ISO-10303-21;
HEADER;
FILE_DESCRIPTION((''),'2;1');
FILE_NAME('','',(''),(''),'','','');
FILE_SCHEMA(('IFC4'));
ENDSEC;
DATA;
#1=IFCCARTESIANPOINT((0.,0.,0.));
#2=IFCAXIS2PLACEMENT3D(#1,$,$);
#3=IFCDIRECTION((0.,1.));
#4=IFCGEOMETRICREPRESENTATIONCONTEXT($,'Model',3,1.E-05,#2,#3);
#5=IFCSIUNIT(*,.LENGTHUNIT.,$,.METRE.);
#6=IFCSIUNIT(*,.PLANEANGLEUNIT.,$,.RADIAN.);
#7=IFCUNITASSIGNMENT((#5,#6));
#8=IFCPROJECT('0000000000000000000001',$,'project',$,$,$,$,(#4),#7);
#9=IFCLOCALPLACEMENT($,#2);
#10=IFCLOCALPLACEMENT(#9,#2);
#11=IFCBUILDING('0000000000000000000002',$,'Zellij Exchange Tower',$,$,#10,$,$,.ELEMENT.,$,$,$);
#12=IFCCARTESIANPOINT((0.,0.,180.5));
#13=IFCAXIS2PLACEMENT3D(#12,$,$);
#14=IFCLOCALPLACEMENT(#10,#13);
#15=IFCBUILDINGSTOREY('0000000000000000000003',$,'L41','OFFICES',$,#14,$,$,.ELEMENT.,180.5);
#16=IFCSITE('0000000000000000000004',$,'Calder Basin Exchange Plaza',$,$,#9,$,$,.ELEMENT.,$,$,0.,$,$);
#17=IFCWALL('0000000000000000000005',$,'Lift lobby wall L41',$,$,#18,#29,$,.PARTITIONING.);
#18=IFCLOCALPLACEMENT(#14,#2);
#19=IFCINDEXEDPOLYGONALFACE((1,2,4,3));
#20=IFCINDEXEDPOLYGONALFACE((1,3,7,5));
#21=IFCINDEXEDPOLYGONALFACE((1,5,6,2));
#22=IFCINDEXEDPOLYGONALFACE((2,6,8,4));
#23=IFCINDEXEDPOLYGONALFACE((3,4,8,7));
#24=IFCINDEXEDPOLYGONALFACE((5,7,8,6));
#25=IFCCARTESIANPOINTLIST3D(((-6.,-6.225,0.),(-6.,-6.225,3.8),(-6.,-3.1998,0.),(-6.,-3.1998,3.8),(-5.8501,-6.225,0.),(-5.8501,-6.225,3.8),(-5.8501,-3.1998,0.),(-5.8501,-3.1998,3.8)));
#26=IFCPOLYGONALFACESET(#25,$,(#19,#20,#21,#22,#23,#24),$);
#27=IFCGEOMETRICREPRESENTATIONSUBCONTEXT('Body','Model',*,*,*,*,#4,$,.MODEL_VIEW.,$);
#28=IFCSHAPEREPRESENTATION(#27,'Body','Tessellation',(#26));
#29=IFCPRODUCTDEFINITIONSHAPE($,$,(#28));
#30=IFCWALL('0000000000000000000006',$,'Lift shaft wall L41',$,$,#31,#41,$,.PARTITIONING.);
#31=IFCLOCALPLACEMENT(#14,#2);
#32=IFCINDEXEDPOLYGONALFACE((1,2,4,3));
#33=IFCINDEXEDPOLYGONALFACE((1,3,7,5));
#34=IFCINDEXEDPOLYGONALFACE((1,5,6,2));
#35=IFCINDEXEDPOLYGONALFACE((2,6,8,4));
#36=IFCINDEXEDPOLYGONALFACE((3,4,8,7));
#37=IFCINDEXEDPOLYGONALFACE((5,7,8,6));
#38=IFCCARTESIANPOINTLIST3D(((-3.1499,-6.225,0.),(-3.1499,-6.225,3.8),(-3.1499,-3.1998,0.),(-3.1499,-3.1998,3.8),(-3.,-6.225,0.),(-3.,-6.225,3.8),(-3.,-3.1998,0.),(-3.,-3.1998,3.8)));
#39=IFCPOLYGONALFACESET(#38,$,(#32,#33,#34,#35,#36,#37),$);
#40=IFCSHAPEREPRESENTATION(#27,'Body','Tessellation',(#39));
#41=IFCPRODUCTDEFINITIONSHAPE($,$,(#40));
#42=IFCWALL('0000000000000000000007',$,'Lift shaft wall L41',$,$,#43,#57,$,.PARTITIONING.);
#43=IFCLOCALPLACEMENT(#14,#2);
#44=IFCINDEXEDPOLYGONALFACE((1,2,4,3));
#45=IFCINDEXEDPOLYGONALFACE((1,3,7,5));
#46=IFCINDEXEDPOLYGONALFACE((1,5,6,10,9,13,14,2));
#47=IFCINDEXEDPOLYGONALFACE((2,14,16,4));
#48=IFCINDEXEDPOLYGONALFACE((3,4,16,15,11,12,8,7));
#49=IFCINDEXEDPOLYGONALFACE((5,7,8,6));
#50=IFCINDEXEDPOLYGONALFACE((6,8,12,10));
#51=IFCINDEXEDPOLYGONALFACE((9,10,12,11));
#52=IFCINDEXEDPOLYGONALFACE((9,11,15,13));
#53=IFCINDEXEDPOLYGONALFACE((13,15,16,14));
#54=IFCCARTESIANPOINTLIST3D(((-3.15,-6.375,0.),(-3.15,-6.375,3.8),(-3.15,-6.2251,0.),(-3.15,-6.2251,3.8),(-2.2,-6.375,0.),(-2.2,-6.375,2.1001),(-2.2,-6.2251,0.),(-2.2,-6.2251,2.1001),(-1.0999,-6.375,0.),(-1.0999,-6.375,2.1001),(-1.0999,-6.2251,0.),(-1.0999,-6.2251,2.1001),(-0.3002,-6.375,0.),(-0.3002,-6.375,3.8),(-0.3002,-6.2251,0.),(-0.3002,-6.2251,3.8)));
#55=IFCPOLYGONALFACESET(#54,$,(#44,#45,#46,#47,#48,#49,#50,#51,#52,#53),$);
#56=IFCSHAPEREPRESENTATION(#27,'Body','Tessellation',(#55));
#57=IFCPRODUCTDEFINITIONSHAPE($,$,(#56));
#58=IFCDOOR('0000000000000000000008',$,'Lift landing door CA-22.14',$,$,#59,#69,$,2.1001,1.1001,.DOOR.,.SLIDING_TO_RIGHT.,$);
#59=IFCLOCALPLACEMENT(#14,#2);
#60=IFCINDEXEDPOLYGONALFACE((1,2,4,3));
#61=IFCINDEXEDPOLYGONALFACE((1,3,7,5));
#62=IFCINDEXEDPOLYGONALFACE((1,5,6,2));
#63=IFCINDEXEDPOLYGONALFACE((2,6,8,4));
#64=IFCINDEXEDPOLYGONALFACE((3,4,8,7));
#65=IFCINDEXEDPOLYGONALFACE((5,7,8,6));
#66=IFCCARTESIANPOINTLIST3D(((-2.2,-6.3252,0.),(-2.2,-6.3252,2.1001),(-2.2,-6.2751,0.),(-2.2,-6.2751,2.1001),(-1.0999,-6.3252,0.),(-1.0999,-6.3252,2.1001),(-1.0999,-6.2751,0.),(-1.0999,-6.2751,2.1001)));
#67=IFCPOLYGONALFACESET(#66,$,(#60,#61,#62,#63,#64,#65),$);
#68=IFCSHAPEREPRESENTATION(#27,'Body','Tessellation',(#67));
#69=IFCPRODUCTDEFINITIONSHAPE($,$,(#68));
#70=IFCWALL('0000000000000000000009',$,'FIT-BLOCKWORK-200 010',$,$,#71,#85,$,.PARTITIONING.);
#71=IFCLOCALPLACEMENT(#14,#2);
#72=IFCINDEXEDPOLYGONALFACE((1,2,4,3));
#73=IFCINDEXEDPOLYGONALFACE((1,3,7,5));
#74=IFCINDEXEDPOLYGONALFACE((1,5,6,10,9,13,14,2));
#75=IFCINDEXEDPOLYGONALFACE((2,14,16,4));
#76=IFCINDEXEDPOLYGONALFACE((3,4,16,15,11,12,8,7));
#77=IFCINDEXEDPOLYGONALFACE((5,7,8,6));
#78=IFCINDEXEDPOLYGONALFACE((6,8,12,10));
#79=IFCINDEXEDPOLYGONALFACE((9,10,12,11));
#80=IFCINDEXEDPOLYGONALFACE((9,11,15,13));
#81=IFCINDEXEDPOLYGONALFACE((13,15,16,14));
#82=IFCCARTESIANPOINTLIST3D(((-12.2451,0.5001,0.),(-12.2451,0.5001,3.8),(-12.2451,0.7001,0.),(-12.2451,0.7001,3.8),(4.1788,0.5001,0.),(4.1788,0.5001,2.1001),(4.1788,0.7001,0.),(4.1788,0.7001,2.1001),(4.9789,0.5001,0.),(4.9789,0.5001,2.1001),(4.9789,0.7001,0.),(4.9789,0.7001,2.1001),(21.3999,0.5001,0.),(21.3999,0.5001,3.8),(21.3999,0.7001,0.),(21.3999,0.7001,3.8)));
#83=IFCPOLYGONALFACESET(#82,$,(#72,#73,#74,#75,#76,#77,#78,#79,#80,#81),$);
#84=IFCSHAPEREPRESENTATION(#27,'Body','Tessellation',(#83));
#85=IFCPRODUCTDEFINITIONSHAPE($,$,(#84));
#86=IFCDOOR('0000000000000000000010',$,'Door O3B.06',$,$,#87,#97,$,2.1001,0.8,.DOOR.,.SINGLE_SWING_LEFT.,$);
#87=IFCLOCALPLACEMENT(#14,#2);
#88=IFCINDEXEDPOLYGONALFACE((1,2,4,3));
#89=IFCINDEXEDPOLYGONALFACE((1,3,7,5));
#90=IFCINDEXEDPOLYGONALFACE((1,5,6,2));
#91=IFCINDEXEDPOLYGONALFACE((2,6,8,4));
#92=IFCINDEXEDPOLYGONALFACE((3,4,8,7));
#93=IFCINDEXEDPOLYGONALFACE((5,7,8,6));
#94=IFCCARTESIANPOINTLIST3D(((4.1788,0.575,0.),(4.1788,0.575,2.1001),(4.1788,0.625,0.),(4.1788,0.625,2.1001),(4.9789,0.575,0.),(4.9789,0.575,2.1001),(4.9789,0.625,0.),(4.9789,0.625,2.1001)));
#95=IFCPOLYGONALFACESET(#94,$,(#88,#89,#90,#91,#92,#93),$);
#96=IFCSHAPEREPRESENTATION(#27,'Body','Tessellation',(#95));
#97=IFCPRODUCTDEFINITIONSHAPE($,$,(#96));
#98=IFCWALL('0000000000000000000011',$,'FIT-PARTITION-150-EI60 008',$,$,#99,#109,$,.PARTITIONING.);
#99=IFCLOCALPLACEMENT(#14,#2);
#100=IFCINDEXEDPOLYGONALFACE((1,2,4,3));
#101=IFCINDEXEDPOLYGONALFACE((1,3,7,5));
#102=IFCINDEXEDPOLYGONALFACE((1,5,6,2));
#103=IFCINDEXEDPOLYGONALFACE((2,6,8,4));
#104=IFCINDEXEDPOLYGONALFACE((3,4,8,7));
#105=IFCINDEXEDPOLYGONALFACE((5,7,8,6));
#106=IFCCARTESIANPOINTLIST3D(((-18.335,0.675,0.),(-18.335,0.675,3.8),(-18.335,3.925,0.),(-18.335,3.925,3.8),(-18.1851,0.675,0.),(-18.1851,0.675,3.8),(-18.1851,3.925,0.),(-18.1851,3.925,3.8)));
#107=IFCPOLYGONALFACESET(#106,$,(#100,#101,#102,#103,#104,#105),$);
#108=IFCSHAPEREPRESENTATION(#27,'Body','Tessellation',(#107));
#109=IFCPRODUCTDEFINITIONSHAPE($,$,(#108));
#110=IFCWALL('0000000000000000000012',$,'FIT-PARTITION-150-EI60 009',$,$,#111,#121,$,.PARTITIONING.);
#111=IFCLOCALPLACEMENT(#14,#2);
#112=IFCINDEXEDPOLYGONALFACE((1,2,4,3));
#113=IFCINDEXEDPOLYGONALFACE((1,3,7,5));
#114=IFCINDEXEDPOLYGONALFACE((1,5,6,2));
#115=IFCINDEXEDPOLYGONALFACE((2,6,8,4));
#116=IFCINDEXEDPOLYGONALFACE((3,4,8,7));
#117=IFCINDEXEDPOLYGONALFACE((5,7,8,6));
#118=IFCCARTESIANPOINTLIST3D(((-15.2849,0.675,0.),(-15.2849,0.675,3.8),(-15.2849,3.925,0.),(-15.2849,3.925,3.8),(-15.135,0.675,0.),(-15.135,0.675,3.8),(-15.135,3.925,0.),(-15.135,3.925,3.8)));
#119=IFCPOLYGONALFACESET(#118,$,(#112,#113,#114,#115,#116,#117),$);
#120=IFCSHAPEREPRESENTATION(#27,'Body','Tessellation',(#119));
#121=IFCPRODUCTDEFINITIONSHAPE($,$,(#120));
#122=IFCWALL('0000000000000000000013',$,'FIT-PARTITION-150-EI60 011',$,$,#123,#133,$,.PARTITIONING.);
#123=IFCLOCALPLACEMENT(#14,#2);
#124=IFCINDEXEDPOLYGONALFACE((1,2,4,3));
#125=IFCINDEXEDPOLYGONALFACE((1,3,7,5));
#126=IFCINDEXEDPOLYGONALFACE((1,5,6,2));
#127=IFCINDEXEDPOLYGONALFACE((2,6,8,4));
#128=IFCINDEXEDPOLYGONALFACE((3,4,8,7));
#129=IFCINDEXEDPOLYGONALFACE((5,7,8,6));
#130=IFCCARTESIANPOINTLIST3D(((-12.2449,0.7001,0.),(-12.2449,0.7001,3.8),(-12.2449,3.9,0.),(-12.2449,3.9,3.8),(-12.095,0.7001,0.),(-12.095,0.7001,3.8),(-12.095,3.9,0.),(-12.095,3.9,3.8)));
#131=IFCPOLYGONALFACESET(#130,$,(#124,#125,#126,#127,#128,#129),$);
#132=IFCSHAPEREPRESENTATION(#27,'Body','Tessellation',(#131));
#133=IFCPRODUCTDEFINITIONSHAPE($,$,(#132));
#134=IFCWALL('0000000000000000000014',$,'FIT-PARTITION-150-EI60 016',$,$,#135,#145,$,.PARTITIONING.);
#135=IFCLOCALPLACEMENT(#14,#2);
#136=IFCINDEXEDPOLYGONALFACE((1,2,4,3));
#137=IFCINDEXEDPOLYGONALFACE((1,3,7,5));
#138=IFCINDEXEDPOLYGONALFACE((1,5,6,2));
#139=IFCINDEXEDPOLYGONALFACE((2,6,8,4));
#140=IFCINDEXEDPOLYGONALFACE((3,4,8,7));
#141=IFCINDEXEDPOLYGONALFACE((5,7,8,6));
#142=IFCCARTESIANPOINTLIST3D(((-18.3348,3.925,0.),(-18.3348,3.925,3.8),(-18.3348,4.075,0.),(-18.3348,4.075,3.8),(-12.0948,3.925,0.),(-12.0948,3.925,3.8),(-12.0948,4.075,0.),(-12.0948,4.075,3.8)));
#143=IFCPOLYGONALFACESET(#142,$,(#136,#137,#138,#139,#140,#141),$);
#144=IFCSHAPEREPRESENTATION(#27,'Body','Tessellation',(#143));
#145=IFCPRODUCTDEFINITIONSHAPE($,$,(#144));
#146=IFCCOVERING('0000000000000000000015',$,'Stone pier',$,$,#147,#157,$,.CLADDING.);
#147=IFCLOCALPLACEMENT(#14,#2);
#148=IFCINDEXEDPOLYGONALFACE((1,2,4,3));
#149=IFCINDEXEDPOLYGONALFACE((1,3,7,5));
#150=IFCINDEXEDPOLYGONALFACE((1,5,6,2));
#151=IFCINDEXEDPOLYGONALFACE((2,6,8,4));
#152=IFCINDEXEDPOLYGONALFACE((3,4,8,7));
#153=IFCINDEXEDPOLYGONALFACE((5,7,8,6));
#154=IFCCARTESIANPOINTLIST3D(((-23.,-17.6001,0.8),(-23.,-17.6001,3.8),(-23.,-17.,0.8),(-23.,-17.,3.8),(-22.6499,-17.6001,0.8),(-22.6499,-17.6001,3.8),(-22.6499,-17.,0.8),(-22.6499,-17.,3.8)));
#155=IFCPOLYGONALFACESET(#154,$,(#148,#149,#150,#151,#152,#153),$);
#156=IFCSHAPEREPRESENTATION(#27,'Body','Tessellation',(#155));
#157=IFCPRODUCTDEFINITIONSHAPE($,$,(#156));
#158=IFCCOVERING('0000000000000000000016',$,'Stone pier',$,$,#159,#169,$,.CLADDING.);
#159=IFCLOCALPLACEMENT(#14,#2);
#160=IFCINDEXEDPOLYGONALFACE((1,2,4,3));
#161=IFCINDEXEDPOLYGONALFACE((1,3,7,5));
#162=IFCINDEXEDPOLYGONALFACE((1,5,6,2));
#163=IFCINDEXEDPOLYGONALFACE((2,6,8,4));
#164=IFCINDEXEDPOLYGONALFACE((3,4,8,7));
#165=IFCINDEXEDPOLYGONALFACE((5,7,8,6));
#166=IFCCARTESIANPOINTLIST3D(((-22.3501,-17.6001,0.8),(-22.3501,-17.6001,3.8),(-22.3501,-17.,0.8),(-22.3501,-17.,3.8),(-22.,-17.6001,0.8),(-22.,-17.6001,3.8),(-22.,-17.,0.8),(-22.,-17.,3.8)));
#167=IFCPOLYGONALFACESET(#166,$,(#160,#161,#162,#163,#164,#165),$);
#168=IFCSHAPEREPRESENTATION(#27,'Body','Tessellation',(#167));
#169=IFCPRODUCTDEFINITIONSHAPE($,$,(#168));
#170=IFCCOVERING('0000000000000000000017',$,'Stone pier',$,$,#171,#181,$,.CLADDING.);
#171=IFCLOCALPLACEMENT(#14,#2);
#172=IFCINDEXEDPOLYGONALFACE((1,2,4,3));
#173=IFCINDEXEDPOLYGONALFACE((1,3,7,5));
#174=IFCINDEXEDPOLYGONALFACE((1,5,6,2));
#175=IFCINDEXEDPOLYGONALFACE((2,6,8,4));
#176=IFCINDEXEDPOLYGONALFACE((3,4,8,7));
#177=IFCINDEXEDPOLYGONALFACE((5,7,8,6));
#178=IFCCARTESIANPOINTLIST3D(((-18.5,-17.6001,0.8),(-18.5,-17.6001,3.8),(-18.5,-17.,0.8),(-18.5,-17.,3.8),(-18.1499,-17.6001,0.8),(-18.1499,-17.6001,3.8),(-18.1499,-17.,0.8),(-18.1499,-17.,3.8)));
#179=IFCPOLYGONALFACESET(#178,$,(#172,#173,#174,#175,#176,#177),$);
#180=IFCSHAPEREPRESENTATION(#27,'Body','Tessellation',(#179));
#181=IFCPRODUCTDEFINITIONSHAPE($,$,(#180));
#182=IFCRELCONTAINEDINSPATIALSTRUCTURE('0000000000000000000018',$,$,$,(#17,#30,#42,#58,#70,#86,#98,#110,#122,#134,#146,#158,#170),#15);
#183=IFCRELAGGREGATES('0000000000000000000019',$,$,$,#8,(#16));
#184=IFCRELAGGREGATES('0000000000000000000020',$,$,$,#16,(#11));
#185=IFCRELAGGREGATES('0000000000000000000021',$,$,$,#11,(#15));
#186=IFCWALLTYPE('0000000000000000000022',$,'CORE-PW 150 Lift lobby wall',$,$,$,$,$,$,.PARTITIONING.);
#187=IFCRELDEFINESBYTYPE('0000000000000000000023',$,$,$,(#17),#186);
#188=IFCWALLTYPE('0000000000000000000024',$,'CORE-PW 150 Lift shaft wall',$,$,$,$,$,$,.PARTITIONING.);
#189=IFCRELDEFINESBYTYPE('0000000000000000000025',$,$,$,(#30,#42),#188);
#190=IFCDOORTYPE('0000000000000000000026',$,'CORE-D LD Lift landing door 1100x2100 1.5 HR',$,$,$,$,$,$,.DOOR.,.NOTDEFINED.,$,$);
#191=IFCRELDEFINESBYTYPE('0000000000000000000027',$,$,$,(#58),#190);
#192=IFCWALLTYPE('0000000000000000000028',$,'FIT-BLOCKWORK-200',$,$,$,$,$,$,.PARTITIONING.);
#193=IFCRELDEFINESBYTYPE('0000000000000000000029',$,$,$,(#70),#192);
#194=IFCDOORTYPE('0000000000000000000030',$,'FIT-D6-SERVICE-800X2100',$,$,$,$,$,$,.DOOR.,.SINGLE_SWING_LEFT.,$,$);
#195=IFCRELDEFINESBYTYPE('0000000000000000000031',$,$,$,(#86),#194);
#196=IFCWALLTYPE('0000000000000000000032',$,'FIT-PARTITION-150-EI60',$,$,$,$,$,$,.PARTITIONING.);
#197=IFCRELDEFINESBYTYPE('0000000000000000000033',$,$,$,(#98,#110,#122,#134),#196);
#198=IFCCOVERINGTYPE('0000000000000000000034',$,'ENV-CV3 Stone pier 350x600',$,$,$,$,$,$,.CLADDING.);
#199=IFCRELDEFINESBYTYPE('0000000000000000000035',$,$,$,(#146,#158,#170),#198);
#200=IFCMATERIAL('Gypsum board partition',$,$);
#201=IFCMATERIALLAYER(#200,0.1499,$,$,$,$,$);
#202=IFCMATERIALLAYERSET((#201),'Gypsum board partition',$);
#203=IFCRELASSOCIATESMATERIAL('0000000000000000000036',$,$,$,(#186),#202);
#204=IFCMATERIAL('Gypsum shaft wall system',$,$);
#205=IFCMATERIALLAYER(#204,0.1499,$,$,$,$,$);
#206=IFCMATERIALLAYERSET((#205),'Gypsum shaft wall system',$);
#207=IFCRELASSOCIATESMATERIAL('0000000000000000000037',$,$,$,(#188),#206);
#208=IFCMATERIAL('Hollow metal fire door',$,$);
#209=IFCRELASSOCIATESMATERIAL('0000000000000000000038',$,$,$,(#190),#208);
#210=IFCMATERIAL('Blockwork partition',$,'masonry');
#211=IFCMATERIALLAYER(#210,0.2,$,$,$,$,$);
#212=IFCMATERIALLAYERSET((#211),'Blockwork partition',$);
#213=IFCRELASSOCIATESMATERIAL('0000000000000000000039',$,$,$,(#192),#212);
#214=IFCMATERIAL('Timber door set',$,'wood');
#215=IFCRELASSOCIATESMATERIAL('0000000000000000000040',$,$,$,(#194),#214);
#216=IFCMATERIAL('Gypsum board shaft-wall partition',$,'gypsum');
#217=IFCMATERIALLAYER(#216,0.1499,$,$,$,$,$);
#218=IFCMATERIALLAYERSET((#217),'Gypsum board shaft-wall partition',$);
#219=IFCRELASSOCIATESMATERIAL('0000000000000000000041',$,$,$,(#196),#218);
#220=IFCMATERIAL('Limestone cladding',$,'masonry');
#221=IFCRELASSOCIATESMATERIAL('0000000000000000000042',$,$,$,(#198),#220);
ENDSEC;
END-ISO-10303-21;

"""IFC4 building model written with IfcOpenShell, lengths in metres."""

from ifc_helpers import new_model, si_unit, direction, frame, frame_2d, origin, place, context, subcontext, project, spatial, polyline, rectangle, outline, extrude, material, layer, layer_set, type_object, element, fill, save


model = new_model("IFC4")

# Units and contexts
model_context = context("Model", 3, precision=1e-05, world=origin(), true_north=direction((0.0, 1.0)))
body_context = subcontext(model_context, "Body", "Model", "MODEL_VIEW")
ifc_project = project(units=[si_unit("LENGTHUNIT", "METRE"), si_unit("PLANEANGLEUNIT", "RADIAN")], contexts=[model_context])

# Site, building, storey
site_placement = place(None, origin())
site = spatial("IfcSite", under=ifc_project, at=site_placement, Name="Calder Basin Exchange Plaza", CompositionType="ELEMENT", RefElevation=0.0)
building_placement = place(site_placement, origin())
building = spatial("IfcBuilding", under=site, at=building_placement, Name="Zellij Exchange Tower", CompositionType="ELEMENT")
storey_placement = place(building_placement, frame((0.0, 0.0, 180.5)))
storey = spatial("IfcBuildingStorey", under=building, at=storey_placement, Name="L41", Description="OFFICES", CompositionType="ELEMENT", Elevation=180.5)

# Walls
ifc_material_1 = material(Name="Gypsum board partition")
ifc_layer_1 = layer(ifc_material_1, 0.1499)
ifc_layer_set_1 = layer_set([ifc_layer_1], Name="Gypsum board partition")
wall_type_1 = type_object("IfcWallType", Name="CORE-PW 150 Lift lobby wall", PredefinedType="PARTITIONING", material=ifc_layer_set_1)
for number, where, z_axis, x_axis, name in (
    (1, (-5.925, -6.2251, 0.0), (0.0, 0.0, 1.0), (0.0, 1.0, 0.0), "Lift lobby wall L41"),
):
    element("IfcWall", number, at=place(storey_placement, frame(where, z_axis=z_axis, x_axis=x_axis)), inside=storey, type_object=wall_type_1, Name=name, PredefinedType="PARTITIONING", context=body_context, shape_type="SweptSolid", body=[
        extrude(rectangle(XDim=3.0251, YDim=0.1499, at=frame_2d((1.5127, 0.0))), origin(), (0.0, 0.0, 1.0), 3.8),
    ])
ifc_material_2 = material(Name="Gypsum shaft wall system")
ifc_layer_2 = layer(ifc_material_2, 0.1499)
ifc_layer_set_2 = layer_set([ifc_layer_2], Name="Gypsum shaft wall system")
wall_type_2 = type_object("IfcWallType", Name="CORE-PW 150 Lift shaft wall", PredefinedType="PARTITIONING", material=ifc_layer_set_2)
wall_1_placement = place(storey_placement, frame((-3.075, -6.2251, 0.0), z_axis=(0.0, 0.0, 1.0), x_axis=(0.0, 1.0, 0.0)))
element("IfcWall", 2, at=wall_1_placement, inside=storey, type_object=wall_type_2, Name="Lift shaft wall L41", PredefinedType="PARTITIONING", context=body_context, shape_type="SweptSolid", body=[
    extrude(rectangle(XDim=3.0251, YDim=0.1499, at=frame_2d((1.5127, 0.0))), origin(), (0.0, 0.0, 1.0), 3.8),
])

# Walls, openings, doors
wall_2_placement = place(storey_placement, frame((-3.1499, -6.3, 0.0), z_axis=(0.0, 0.0, 1.0), x_axis=(1.0, 0.0, 0.0)))
wall_2 = element("IfcWall", 3, at=wall_2_placement, inside=storey, type_object=wall_type_2, Name="Lift shaft wall L41", PredefinedType="PARTITIONING", context=body_context, shape_type="SweptSolid", body=[
    extrude(rectangle(XDim=2.8499, YDim=0.1499, at=frame_2d((1.4248, 0.0))), origin(), (0.0, 0.0, 1.0), 3.8),
])
opening_1_placement = place(wall_2_placement, frame((0.95, 0.0, 0.0)))
opening_1 = element("IfcOpeningElement", 4, at=opening_1_placement, cuts=wall_2, PredefinedType="OPENING", context=body_context, shape_type="SweptSolid", body=[
    extrude(rectangle(XDim=1.1001, YDim=2.1001, at=frame_2d((0.55, 1.05))), frame((0.0, 0.0869, 0.0), z_axis=(0.0, -1.0, 0.0), x_axis=(1.0, 0.0, 0.0)), (0.0, 0.0, 1.0), 0.1738),
])
ifc_material_3 = material(Name="Hollow metal fire door")
door_type_1 = type_object("IfcDoorType", Name="CORE-D LD Lift landing door 1100x2100 1.5 HR", OperationType="NOTDEFINED", PredefinedType="DOOR", material=ifc_material_3)
door_1_placement = place(opening_1_placement, origin())
door_1 = element("IfcDoor", 5, at=door_1_placement, inside=storey, type_object=door_type_1, Name="Lift landing door CA-22.14", OperationType="SLIDING_TO_RIGHT", OverallHeight=2.1001, OverallWidth=1.1001, PredefinedType="DOOR", context=body_context, shape_type="SweptSolid", body=[
    extrude(rectangle(XDim=1.1001, YDim=2.1001, at=frame_2d((0.55, 1.05))), frame((0.0, 0.0249, 0.0), z_axis=(0.0, -1.0, 0.0), x_axis=(1.0, 0.0, 0.0)), (0.0, 0.0, 1.0), 0.05),
])
fill(opening_1, door_1)
ifc_material_4 = material(Name="Blockwork partition", Category="masonry")
ifc_layer_3 = layer(ifc_material_4, 0.2)
ifc_layer_set_3 = layer_set([ifc_layer_3], Name="Blockwork partition")
wall_type_3 = type_object("IfcWallType", Name="FIT-BLOCKWORK-200", PredefinedType="PARTITIONING", material=ifc_layer_set_3)
wall_3_placement = place(storey_placement, frame((-12.2451, 0.6001, 0.0), z_axis=(0.0, 0.0, 1.0), x_axis=(1.0, 0.0, 0.0)))
wall_3 = element("IfcWall", 6, at=wall_3_placement, inside=storey, type_object=wall_type_3, Name="FIT-BLOCKWORK-200 010", PredefinedType="PARTITIONING", context=body_context, shape_type="SweptSolid", body=[
    extrude(rectangle(XDim=33.645, YDim=0.2, at=frame_2d((16.8225, 0.0))), origin(), (0.0, 0.0, 1.0), 3.8),
])
opening_2_placement = place(wall_3_placement, frame((16.4241, 0.0, 0.0)))
opening_2 = element("IfcOpeningElement", 7, at=opening_2_placement, cuts=wall_3, PredefinedType="OPENING", context=body_context, shape_type="SweptSolid", body=[
    extrude(rectangle(XDim=0.8, YDim=2.1001, at=frame_2d((0.3999, 1.05))), frame((0.0, 0.1118, 0.0), z_axis=(0.0, -1.0, 0.0), x_axis=(1.0, 0.0, 0.0)), (0.0, 0.0, 1.0), 0.2239),
])
ifc_material_5 = material(Name="Timber door set", Category="wood")
door_type_2 = type_object("IfcDoorType", Name="FIT-D6-SERVICE-800X2100", OperationType="SINGLE_SWING_LEFT", PredefinedType="DOOR", material=ifc_material_5)
door_2_placement = place(opening_2_placement, origin())
door_2 = element("IfcDoor", 8, at=door_2_placement, inside=storey, type_object=door_type_2, Name="Door O3B.06", OperationType="SINGLE_SWING_LEFT", OverallHeight=2.1001, OverallWidth=0.8, PredefinedType="DOOR", context=body_context, shape_type="SweptSolid", body=[
    extrude(rectangle(XDim=0.8, YDim=2.1001, at=frame_2d((0.3999, 1.05))), frame((0.0, 0.0249, 0.0), z_axis=(0.0, -1.0, 0.0), x_axis=(1.0, 0.0, 0.0)), (0.0, 0.0, 1.0), 0.05),
])
fill(opening_2, door_2)

# Walls
ifc_material_6 = material(Name="Gypsum board shaft-wall partition", Category="gypsum")
ifc_layer_4 = layer(ifc_material_6, 0.1499)
ifc_layer_set_4 = layer_set([ifc_layer_4], Name="Gypsum board shaft-wall partition")
wall_type_4 = type_object("IfcWallType", Name="FIT-PARTITION-150-EI60", PredefinedType="PARTITIONING", material=ifc_layer_set_4)
for number, where, z_axis, x_axis, name in (
    (9, (-18.26, 0.675, 0.0), (0.0, 0.0, 1.0), (0.0, 1.0, 0.0), "FIT-PARTITION-150-EI60 008"),
    (10, (-15.21, 0.675, 0.0), (0.0, 0.0, 1.0), (0.0, 1.0, 0.0), "FIT-PARTITION-150-EI60 009"),
):
    element("IfcWall", number, at=place(storey_placement, frame(where, z_axis=z_axis, x_axis=x_axis)), inside=storey, type_object=wall_type_4, Name=name, PredefinedType="PARTITIONING", context=body_context, shape_type="SweptSolid", body=[
        extrude(rectangle(XDim=3.25, YDim=0.1499, at=frame_2d((1.625, 0.0))), origin(), (0.0, 0.0, 1.0), 3.8),
    ])
wall_4_placement = place(storey_placement, frame((-12.1699, 0.7, 0.0), z_axis=(0.0, 0.0, 1.0), x_axis=(0.0, 1.0, 0.0)))
element("IfcWall", 11, at=wall_4_placement, inside=storey, type_object=wall_type_4, Name="FIT-PARTITION-150-EI60 011", PredefinedType="PARTITIONING", context=body_context, shape_type="SweptSolid", body=[
    extrude(rectangle(XDim=3.2, YDim=0.1499, at=frame_2d((1.6001, 0.0))), origin(), (0.0, 0.0, 1.0), 3.8),
])
wall_5_placement = place(storey_placement, frame((-18.335, 4.0, 0.0), z_axis=(0.0, 0.0, 1.0), x_axis=(1.0, 0.0, 0.0)))
element("IfcWall", 12, at=wall_5_placement, inside=storey, type_object=wall_type_4, Name="FIT-PARTITION-150-EI60 016", PredefinedType="PARTITIONING", context=body_context, shape_type="SweptSolid", body=[
    extrude(rectangle(XDim=6.24, YDim=0.1499, at=frame_2d((3.1201, 0.0))), origin(), (0.0, 0.0, 1.0), 3.8),
])

# Coverings
ifc_material_7 = material(Name="Limestone cladding", Category="masonry")
covering_type = type_object("IfcCoveringType", Name="ENV-CV3 Stone pier 350x600", PredefinedType="CLADDING", material=ifc_material_7)
covering_1_placement = place(storey_placement, frame((0.0, 0.0, 0.8)))
element("IfcCovering", 13, at=covering_1_placement, inside=storey, type_object=covering_type, Name="Stone pier", PredefinedType="CLADDING", context=body_context, shape_type="SweptSolid", body=[
    extrude(outline(polyline([(-23.0, -17.0), (-22.6499, -17.0), (-22.6499, -17.6001), (-23.0, -17.6001), (-23.0, -17.0)])), origin(), (0.0, 0.0, 1.0), 3.0),
])
covering_2_placement = place(storey_placement, frame((0.0, 0.0, 0.8)))
element("IfcCovering", 14, at=covering_2_placement, inside=storey, type_object=covering_type, Name="Stone pier", PredefinedType="CLADDING", context=body_context, shape_type="SweptSolid", body=[
    extrude(outline(polyline([(-22.3501, -17.0), (-22.0, -17.0), (-22.0, -17.6001), (-22.3501, -17.6001), (-22.3501, -17.0)])), origin(), (0.0, 0.0, 1.0), 3.0),
])
covering_3_placement = place(storey_placement, frame((0.0, 0.0, 0.8)))
element("IfcCovering", 15, at=covering_3_placement, inside=storey, type_object=covering_type, Name="Stone pier", PredefinedType="CLADDING", context=body_context, shape_type="SweptSolid", body=[
    extrude(outline(polyline([(-18.5, -17.0), (-18.1499, -17.0), (-18.1499, -17.6001), (-18.5, -17.6001), (-18.5, -17.0)])), origin(), (0.0, 0.0, 1.0), 3.0),
])

save(model, "model.ifc")
